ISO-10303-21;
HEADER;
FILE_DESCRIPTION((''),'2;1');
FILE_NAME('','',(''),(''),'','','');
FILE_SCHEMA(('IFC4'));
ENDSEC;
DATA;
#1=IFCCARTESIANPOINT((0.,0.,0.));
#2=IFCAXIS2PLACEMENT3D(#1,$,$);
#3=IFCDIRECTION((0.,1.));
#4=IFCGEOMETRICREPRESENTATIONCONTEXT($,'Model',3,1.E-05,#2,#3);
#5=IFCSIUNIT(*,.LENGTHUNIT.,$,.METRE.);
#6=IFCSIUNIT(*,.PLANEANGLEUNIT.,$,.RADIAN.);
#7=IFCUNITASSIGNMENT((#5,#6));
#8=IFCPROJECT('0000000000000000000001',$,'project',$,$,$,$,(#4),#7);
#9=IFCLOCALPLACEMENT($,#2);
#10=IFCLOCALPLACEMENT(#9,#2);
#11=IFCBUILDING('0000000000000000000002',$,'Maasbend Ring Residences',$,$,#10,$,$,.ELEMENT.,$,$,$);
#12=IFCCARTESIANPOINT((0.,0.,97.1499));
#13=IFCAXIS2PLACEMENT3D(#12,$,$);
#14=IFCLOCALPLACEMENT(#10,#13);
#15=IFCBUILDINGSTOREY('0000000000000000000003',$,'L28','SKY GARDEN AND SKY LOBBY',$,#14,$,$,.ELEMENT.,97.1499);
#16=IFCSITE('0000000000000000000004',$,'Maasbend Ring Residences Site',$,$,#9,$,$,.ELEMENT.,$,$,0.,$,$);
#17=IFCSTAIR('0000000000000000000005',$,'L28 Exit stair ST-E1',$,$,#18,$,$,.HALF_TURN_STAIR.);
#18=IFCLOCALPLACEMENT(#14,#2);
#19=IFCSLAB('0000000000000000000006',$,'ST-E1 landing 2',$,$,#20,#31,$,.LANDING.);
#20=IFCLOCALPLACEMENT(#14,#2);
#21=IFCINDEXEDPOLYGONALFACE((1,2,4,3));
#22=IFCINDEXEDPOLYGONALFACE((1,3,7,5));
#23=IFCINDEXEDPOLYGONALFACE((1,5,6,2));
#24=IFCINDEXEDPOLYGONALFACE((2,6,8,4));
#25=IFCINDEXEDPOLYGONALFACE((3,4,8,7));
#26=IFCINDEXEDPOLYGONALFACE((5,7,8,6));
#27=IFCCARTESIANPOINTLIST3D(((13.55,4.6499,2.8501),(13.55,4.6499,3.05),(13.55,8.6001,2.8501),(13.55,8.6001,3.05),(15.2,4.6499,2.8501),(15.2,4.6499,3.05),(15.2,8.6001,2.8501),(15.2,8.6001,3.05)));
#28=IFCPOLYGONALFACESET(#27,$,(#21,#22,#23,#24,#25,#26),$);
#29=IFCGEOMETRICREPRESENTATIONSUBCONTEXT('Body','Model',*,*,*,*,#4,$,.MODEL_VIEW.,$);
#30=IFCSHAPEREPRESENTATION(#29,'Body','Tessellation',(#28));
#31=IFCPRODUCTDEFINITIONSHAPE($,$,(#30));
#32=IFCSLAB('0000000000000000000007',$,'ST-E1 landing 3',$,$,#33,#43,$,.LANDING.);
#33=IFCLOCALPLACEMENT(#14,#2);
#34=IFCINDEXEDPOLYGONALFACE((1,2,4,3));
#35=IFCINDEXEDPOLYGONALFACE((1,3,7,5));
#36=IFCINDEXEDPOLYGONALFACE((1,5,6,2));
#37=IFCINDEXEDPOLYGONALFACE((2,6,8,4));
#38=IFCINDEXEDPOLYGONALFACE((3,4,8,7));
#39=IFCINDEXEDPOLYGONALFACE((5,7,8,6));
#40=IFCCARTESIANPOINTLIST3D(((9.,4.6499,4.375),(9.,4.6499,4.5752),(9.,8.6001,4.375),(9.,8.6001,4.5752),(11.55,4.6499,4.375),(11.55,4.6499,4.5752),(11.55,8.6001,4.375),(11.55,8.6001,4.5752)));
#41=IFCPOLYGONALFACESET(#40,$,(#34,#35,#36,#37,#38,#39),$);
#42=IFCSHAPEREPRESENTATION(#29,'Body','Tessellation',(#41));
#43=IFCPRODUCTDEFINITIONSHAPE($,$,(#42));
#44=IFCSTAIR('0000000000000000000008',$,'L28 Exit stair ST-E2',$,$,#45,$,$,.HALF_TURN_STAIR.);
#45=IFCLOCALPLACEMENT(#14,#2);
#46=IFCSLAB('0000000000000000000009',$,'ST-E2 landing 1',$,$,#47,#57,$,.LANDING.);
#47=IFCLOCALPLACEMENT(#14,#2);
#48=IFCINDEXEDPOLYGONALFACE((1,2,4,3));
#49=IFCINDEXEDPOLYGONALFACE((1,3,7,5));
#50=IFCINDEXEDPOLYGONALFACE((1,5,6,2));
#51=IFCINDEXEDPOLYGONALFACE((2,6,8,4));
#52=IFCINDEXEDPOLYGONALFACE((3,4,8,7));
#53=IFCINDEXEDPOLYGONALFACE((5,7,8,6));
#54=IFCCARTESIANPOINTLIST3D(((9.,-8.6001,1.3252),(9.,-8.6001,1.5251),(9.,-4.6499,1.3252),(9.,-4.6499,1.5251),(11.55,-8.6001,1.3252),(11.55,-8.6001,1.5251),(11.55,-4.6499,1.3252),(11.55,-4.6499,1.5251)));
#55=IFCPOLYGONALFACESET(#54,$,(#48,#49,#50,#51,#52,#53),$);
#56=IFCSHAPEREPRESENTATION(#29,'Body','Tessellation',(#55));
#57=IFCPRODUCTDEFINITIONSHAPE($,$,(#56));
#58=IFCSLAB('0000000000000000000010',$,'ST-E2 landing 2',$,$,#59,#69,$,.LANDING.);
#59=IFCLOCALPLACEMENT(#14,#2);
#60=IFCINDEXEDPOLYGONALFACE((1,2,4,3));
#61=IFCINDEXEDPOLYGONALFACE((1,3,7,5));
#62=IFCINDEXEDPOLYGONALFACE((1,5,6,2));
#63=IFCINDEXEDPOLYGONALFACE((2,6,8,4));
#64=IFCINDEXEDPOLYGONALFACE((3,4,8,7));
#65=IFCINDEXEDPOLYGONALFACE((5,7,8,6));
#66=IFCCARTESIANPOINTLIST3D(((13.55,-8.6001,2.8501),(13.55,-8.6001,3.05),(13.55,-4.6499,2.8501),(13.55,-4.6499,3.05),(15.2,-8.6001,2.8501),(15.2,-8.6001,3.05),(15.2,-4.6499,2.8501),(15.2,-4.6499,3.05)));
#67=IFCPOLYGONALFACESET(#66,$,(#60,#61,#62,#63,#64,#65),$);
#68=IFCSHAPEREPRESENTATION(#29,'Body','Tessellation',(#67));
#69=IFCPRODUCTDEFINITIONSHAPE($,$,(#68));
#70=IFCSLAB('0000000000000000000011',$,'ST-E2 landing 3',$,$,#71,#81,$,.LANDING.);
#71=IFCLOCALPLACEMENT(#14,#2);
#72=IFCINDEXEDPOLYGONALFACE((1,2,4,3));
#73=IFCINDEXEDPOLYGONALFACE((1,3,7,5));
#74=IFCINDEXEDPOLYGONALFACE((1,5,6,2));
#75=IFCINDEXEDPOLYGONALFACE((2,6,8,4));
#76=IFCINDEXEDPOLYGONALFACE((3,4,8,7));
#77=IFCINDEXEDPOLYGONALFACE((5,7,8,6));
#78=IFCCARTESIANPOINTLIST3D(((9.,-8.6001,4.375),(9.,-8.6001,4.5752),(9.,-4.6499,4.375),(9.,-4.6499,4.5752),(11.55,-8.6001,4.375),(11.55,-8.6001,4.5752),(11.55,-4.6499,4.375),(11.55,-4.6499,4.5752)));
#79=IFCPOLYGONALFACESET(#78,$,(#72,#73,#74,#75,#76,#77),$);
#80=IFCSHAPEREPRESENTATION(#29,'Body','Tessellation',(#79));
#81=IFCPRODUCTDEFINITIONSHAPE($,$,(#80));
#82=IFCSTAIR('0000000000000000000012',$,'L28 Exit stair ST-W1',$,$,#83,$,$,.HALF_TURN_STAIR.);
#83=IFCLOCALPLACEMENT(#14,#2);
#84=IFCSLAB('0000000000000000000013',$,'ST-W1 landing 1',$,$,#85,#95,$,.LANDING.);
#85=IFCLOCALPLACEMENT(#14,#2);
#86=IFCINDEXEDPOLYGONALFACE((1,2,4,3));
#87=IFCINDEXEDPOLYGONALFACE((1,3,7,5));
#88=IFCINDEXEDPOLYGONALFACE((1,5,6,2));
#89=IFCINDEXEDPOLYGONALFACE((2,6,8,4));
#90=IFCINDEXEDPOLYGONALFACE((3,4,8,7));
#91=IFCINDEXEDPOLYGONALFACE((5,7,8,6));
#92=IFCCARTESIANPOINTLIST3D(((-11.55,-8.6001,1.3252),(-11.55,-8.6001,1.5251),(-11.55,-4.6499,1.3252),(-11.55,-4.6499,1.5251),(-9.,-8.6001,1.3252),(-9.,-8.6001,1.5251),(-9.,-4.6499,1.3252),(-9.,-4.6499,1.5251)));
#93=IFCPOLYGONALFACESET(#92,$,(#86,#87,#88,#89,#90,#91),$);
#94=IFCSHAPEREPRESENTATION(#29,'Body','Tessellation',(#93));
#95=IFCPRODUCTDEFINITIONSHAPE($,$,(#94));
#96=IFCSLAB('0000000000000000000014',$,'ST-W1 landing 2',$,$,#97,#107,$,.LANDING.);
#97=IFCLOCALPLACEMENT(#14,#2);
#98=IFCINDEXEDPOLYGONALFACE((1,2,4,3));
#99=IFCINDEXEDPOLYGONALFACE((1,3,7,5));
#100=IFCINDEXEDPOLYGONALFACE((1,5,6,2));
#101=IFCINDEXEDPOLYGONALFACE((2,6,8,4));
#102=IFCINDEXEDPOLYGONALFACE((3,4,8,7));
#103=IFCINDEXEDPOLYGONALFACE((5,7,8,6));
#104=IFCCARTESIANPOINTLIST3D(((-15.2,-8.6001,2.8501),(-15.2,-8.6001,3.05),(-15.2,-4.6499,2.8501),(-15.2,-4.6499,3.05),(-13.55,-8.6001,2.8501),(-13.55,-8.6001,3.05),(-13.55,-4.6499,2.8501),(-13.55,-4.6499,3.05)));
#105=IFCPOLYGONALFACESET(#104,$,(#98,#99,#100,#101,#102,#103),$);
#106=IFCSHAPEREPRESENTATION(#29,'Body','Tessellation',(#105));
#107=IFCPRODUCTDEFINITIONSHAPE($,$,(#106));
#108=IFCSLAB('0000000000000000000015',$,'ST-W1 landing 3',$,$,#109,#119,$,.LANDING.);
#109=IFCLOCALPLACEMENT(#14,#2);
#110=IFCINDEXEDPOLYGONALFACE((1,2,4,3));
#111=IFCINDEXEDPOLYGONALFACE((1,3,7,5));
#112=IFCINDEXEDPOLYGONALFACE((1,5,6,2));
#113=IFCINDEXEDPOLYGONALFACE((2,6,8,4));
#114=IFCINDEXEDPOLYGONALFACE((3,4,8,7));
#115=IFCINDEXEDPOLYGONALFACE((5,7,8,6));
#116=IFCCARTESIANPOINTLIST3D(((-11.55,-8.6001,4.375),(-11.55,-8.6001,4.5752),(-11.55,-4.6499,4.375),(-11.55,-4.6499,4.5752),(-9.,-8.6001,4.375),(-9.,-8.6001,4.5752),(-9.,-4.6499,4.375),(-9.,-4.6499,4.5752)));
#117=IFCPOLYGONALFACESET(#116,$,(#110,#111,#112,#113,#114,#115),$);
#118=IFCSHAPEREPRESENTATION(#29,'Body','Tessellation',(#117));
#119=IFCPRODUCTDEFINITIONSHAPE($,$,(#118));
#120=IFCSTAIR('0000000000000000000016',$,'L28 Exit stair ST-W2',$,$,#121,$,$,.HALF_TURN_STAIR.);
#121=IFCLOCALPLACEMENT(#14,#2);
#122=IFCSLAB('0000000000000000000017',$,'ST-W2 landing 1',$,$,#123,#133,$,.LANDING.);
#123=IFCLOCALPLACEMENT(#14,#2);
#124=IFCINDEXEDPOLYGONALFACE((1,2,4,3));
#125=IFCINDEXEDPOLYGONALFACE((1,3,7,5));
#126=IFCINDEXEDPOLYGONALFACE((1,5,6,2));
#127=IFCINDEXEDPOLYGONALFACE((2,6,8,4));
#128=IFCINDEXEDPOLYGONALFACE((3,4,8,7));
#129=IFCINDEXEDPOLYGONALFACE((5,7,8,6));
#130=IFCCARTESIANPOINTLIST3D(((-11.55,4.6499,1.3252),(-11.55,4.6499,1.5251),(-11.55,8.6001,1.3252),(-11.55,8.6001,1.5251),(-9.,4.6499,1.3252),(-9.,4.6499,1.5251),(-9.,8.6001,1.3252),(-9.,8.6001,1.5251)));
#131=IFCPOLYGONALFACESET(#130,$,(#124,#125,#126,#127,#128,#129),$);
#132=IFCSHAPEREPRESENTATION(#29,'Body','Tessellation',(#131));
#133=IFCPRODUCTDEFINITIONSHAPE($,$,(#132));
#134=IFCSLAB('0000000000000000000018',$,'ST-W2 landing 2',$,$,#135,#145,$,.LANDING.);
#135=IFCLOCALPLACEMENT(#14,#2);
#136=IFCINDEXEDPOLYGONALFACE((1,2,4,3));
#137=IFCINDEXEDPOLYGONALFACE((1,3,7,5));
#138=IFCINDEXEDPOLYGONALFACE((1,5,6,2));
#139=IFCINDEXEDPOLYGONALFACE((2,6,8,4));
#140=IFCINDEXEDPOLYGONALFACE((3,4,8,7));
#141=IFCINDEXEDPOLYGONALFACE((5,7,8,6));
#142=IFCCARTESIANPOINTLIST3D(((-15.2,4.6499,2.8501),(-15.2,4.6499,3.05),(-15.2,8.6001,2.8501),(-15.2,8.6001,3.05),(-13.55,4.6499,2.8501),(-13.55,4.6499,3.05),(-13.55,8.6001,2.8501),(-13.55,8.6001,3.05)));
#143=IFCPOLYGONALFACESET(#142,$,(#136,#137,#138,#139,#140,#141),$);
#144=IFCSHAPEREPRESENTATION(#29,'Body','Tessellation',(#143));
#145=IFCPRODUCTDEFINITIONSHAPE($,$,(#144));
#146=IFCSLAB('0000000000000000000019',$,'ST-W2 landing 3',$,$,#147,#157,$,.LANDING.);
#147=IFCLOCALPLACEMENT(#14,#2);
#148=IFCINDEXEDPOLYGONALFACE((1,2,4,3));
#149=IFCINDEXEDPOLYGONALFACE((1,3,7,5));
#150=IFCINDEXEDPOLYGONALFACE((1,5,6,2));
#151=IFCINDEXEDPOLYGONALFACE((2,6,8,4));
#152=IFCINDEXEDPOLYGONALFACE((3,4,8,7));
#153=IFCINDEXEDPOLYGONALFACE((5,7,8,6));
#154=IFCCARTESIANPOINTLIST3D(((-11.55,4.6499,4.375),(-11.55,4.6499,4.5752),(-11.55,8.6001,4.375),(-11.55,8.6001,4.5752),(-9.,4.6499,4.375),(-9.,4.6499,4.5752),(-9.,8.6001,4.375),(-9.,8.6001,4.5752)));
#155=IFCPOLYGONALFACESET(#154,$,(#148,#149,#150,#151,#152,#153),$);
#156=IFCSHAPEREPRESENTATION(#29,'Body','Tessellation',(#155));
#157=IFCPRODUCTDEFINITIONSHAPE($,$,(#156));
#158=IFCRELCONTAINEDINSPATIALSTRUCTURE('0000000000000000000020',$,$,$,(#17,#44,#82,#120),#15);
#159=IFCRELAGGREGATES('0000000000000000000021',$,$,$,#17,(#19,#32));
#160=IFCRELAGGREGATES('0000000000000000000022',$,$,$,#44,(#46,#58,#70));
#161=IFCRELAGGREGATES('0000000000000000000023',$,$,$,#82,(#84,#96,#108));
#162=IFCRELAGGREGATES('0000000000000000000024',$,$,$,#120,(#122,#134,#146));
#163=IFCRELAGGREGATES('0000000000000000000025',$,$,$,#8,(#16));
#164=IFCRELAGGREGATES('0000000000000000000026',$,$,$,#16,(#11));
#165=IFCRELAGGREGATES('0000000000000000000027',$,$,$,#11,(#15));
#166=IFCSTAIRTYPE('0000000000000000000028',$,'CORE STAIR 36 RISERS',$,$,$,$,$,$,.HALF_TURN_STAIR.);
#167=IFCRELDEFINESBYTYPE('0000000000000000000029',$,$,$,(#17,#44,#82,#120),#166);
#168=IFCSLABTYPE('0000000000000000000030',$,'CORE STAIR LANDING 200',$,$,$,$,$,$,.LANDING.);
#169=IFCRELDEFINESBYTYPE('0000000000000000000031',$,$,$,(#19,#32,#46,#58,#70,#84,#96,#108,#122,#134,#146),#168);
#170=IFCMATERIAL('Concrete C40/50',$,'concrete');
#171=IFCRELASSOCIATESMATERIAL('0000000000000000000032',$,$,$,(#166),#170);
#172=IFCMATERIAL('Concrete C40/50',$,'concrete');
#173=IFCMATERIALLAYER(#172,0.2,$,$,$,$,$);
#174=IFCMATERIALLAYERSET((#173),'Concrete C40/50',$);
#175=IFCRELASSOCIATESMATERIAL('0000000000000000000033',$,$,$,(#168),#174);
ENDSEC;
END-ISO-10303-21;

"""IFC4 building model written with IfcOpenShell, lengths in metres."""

from ifc_helpers import new_model, si_unit, direction, frame, origin, place, context, subcontext, project, spatial, polyline, outline, extrude, material, layer, layer_set, type_object, element, aggregate, save


model = new_model("IFC4")

# Units and contexts
model_context = context("Model", 3, precision=1e-05, world=origin(), true_north=direction((0.0, 1.0)))
body_context = subcontext(model_context, "Body", "Model", "MODEL_VIEW")
ifc_project = project(units=[si_unit("LENGTHUNIT", "METRE"), si_unit("PLANEANGLEUNIT", "RADIAN")], contexts=[model_context])

# Site, building, storey
site_placement = place(None, origin())
site = spatial("IfcSite", under=ifc_project, at=site_placement, Name="Maasbend Ring Residences Site", CompositionType="ELEMENT", RefElevation=0.0)
building_placement = place(site_placement, origin())
building = spatial("IfcBuilding", under=site, at=building_placement, Name="Maasbend Ring Residences", CompositionType="ELEMENT")
storey_placement = place(building_placement, frame((0.0, 0.0, 97.1499)))
storey = spatial("IfcBuildingStorey", under=building, at=storey_placement, Name="L28", Description="SKY GARDEN AND SKY LOBBY", CompositionType="ELEMENT", Elevation=97.1499)

# Stairs, slabs
ifc_material_1 = material(Name="Concrete C40/50", Category="concrete")
stair_type = type_object("IfcStairType", Name="CORE STAIR 36 RISERS", PredefinedType="HALF_TURN_STAIR", material=ifc_material_1)
stair_1_placement = place(storey_placement, origin())
stair_1 = element("IfcStair", 1, at=stair_1_placement, inside=storey, type_object=stair_type, Name="L28 Exit stair ST-E1", PredefinedType="HALF_TURN_STAIR")
ifc_material_2 = material(Name="Concrete C40/50", Category="concrete")
ifc_layer_1 = layer(ifc_material_2, 0.2)
ifc_layer_set_1 = layer_set([ifc_layer_1], Name="Concrete C40/50")
slab_type = type_object("IfcSlabType", Name="CORE STAIR LANDING 200", PredefinedType="LANDING", material=ifc_layer_set_1)
slab_1_placement = place(storey_placement, frame((0.0, 0.0, 2.8501)))
slab_1 = element("IfcSlab", 2, at=slab_1_placement, type_object=slab_type, Name="ST-E1 landing 2", PredefinedType="LANDING", context=body_context, shape_type="SweptSolid", body=[
    extrude(outline(polyline([(15.2, 8.6001), (13.55, 8.6001), (13.55, 4.6499), (15.2, 4.6499), (15.2, 8.6001)])), origin(), (0.0, 0.0, 1.0), 0.2),
])
slab_2_placement = place(storey_placement, frame((0.0, 0.0, 4.375)))
slab_2 = element("IfcSlab", 3, at=slab_2_placement, type_object=slab_type, Name="ST-E1 landing 3", PredefinedType="LANDING", context=body_context, shape_type="SweptSolid", body=[
    extrude(outline(polyline([(11.55, 8.6001), (9.0, 8.6001), (9.0, 4.6499), (11.55, 4.6499), (11.55, 8.6001)])), origin(), (0.0, 0.0, 1.0), 0.2002),
])
aggregate(stair_1, [slab_1, slab_2])
stair_2_placement = place(storey_placement, origin())
stair_2 = element("IfcStair", 4, at=stair_2_placement, inside=storey, type_object=stair_type, Name="L28 Exit stair ST-E2", PredefinedType="HALF_TURN_STAIR")
slab_3_placement = place(storey_placement, frame((0.0, 0.0, 1.3252)))
slab_3 = element("IfcSlab", 5, at=slab_3_placement, type_object=slab_type, Name="ST-E2 landing 1", PredefinedType="LANDING", context=body_context, shape_type="SweptSolid", body=[
    extrude(outline(polyline([(11.55, -4.6499), (9.0, -4.6499), (9.0, -8.6001), (11.55, -8.6001), (11.55, -4.6499)])), origin(), (0.0, 0.0, 1.0), 0.2),
])
slab_4_placement = place(storey_placement, frame((0.0, 0.0, 2.8501)))
slab_4 = element("IfcSlab", 6, at=slab_4_placement, type_object=slab_type, Name="ST-E2 landing 2", PredefinedType="LANDING", context=body_context, shape_type="SweptSolid", body=[
    extrude(outline(polyline([(15.2, -4.6499), (13.55, -4.6499), (13.55, -8.6001), (15.2, -8.6001), (15.2, -4.6499)])), origin(), (0.0, 0.0, 1.0), 0.2),
])
slab_5_placement = place(storey_placement, frame((0.0, 0.0, 4.375)))
slab_5 = element("IfcSlab", 7, at=slab_5_placement, type_object=slab_type, Name="ST-E2 landing 3", PredefinedType="LANDING", context=body_context, shape_type="SweptSolid", body=[
    extrude(outline(polyline([(11.55, -4.6499), (9.0, -4.6499), (9.0, -8.6001), (11.55, -8.6001), (11.55, -4.6499)])), origin(), (0.0, 0.0, 1.0), 0.2002),
])
aggregate(stair_2, [slab_3, slab_4, slab_5])
stair_3_placement = place(storey_placement, origin())
stair_3 = element("IfcStair", 8, at=stair_3_placement, inside=storey, type_object=stair_type, Name="L28 Exit stair ST-W1", PredefinedType="HALF_TURN_STAIR")
slab_6_placement = place(storey_placement, frame((0.0, 0.0, 1.3252)))
slab_6 = element("IfcSlab", 9, at=slab_6_placement, type_object=slab_type, Name="ST-W1 landing 1", PredefinedType="LANDING", context=body_context, shape_type="SweptSolid", body=[
    extrude(outline(polyline([(-11.55, -8.6001), (-9.0, -8.6001), (-9.0, -4.6499), (-11.55, -4.6499), (-11.55, -8.6001)])), origin(), (0.0, 0.0, 1.0), 0.2),
])
slab_7_placement = place(storey_placement, frame((0.0, 0.0, 2.8501)))
slab_7 = element("IfcSlab", 10, at=slab_7_placement, type_object=slab_type, Name="ST-W1 landing 2", PredefinedType="LANDING", context=body_context, shape_type="SweptSolid", body=[
    extrude(outline(polyline([(-15.2, -8.6001), (-13.55, -8.6001), (-13.55, -4.6499), (-15.2, -4.6499), (-15.2, -8.6001)])), origin(), (0.0, 0.0, 1.0), 0.2),
])
slab_8_placement = place(storey_placement, frame((0.0, 0.0, 4.375)))
slab_8 = element("IfcSlab", 11, at=slab_8_placement, type_object=slab_type, Name="ST-W1 landing 3", PredefinedType="LANDING", context=body_context, shape_type="SweptSolid", body=[
    extrude(outline(polyline([(-11.55, -8.6001), (-9.0, -8.6001), (-9.0, -4.6499), (-11.55, -4.6499), (-11.55, -8.6001)])), origin(), (0.0, 0.0, 1.0), 0.2002),
])
aggregate(stair_3, [slab_6, slab_7, slab_8])
stair_4_placement = place(storey_placement, origin())
stair_4 = element("IfcStair", 12, at=stair_4_placement, inside=storey, type_object=stair_type, Name="L28 Exit stair ST-W2", PredefinedType="HALF_TURN_STAIR")
slab_9_placement = place(storey_placement, frame((0.0, 0.0, 1.3252)))
slab_9 = element("IfcSlab", 13, at=slab_9_placement, type_object=slab_type, Name="ST-W2 landing 1", PredefinedType="LANDING", context=body_context, shape_type="SweptSolid", body=[
    extrude(outline(polyline([(-11.55, 4.6499), (-9.0, 4.6499), (-9.0, 8.6001), (-11.55, 8.6001), (-11.55, 4.6499)])), origin(), (0.0, 0.0, 1.0), 0.2),
])
slab_10_placement = place(storey_placement, frame((0.0, 0.0, 2.8501)))
slab_10 = element("IfcSlab", 14, at=slab_10_placement, type_object=slab_type, Name="ST-W2 landing 2", PredefinedType="LANDING", context=body_context, shape_type="SweptSolid", body=[
    extrude(outline(polyline([(-15.2, 4.6499), (-13.55, 4.6499), (-13.55, 8.6001), (-15.2, 8.6001), (-15.2, 4.6499)])), origin(), (0.0, 0.0, 1.0), 0.2),
])
slab_11_placement = place(storey_placement, frame((0.0, 0.0, 4.375)))
slab_11 = element("IfcSlab", 15, at=slab_11_placement, type_object=slab_type, Name="ST-W2 landing 3", PredefinedType="LANDING", context=body_context, shape_type="SweptSolid", body=[
    extrude(outline(polyline([(-11.55, 4.6499), (-9.0, 4.6499), (-9.0, 8.6001), (-11.55, 8.6001), (-11.55, 4.6499)])), origin(), (0.0, 0.0, 1.0), 0.2002),
])
aggregate(stair_4, [slab_9, slab_10, slab_11])

save(model, "model.ifc")
